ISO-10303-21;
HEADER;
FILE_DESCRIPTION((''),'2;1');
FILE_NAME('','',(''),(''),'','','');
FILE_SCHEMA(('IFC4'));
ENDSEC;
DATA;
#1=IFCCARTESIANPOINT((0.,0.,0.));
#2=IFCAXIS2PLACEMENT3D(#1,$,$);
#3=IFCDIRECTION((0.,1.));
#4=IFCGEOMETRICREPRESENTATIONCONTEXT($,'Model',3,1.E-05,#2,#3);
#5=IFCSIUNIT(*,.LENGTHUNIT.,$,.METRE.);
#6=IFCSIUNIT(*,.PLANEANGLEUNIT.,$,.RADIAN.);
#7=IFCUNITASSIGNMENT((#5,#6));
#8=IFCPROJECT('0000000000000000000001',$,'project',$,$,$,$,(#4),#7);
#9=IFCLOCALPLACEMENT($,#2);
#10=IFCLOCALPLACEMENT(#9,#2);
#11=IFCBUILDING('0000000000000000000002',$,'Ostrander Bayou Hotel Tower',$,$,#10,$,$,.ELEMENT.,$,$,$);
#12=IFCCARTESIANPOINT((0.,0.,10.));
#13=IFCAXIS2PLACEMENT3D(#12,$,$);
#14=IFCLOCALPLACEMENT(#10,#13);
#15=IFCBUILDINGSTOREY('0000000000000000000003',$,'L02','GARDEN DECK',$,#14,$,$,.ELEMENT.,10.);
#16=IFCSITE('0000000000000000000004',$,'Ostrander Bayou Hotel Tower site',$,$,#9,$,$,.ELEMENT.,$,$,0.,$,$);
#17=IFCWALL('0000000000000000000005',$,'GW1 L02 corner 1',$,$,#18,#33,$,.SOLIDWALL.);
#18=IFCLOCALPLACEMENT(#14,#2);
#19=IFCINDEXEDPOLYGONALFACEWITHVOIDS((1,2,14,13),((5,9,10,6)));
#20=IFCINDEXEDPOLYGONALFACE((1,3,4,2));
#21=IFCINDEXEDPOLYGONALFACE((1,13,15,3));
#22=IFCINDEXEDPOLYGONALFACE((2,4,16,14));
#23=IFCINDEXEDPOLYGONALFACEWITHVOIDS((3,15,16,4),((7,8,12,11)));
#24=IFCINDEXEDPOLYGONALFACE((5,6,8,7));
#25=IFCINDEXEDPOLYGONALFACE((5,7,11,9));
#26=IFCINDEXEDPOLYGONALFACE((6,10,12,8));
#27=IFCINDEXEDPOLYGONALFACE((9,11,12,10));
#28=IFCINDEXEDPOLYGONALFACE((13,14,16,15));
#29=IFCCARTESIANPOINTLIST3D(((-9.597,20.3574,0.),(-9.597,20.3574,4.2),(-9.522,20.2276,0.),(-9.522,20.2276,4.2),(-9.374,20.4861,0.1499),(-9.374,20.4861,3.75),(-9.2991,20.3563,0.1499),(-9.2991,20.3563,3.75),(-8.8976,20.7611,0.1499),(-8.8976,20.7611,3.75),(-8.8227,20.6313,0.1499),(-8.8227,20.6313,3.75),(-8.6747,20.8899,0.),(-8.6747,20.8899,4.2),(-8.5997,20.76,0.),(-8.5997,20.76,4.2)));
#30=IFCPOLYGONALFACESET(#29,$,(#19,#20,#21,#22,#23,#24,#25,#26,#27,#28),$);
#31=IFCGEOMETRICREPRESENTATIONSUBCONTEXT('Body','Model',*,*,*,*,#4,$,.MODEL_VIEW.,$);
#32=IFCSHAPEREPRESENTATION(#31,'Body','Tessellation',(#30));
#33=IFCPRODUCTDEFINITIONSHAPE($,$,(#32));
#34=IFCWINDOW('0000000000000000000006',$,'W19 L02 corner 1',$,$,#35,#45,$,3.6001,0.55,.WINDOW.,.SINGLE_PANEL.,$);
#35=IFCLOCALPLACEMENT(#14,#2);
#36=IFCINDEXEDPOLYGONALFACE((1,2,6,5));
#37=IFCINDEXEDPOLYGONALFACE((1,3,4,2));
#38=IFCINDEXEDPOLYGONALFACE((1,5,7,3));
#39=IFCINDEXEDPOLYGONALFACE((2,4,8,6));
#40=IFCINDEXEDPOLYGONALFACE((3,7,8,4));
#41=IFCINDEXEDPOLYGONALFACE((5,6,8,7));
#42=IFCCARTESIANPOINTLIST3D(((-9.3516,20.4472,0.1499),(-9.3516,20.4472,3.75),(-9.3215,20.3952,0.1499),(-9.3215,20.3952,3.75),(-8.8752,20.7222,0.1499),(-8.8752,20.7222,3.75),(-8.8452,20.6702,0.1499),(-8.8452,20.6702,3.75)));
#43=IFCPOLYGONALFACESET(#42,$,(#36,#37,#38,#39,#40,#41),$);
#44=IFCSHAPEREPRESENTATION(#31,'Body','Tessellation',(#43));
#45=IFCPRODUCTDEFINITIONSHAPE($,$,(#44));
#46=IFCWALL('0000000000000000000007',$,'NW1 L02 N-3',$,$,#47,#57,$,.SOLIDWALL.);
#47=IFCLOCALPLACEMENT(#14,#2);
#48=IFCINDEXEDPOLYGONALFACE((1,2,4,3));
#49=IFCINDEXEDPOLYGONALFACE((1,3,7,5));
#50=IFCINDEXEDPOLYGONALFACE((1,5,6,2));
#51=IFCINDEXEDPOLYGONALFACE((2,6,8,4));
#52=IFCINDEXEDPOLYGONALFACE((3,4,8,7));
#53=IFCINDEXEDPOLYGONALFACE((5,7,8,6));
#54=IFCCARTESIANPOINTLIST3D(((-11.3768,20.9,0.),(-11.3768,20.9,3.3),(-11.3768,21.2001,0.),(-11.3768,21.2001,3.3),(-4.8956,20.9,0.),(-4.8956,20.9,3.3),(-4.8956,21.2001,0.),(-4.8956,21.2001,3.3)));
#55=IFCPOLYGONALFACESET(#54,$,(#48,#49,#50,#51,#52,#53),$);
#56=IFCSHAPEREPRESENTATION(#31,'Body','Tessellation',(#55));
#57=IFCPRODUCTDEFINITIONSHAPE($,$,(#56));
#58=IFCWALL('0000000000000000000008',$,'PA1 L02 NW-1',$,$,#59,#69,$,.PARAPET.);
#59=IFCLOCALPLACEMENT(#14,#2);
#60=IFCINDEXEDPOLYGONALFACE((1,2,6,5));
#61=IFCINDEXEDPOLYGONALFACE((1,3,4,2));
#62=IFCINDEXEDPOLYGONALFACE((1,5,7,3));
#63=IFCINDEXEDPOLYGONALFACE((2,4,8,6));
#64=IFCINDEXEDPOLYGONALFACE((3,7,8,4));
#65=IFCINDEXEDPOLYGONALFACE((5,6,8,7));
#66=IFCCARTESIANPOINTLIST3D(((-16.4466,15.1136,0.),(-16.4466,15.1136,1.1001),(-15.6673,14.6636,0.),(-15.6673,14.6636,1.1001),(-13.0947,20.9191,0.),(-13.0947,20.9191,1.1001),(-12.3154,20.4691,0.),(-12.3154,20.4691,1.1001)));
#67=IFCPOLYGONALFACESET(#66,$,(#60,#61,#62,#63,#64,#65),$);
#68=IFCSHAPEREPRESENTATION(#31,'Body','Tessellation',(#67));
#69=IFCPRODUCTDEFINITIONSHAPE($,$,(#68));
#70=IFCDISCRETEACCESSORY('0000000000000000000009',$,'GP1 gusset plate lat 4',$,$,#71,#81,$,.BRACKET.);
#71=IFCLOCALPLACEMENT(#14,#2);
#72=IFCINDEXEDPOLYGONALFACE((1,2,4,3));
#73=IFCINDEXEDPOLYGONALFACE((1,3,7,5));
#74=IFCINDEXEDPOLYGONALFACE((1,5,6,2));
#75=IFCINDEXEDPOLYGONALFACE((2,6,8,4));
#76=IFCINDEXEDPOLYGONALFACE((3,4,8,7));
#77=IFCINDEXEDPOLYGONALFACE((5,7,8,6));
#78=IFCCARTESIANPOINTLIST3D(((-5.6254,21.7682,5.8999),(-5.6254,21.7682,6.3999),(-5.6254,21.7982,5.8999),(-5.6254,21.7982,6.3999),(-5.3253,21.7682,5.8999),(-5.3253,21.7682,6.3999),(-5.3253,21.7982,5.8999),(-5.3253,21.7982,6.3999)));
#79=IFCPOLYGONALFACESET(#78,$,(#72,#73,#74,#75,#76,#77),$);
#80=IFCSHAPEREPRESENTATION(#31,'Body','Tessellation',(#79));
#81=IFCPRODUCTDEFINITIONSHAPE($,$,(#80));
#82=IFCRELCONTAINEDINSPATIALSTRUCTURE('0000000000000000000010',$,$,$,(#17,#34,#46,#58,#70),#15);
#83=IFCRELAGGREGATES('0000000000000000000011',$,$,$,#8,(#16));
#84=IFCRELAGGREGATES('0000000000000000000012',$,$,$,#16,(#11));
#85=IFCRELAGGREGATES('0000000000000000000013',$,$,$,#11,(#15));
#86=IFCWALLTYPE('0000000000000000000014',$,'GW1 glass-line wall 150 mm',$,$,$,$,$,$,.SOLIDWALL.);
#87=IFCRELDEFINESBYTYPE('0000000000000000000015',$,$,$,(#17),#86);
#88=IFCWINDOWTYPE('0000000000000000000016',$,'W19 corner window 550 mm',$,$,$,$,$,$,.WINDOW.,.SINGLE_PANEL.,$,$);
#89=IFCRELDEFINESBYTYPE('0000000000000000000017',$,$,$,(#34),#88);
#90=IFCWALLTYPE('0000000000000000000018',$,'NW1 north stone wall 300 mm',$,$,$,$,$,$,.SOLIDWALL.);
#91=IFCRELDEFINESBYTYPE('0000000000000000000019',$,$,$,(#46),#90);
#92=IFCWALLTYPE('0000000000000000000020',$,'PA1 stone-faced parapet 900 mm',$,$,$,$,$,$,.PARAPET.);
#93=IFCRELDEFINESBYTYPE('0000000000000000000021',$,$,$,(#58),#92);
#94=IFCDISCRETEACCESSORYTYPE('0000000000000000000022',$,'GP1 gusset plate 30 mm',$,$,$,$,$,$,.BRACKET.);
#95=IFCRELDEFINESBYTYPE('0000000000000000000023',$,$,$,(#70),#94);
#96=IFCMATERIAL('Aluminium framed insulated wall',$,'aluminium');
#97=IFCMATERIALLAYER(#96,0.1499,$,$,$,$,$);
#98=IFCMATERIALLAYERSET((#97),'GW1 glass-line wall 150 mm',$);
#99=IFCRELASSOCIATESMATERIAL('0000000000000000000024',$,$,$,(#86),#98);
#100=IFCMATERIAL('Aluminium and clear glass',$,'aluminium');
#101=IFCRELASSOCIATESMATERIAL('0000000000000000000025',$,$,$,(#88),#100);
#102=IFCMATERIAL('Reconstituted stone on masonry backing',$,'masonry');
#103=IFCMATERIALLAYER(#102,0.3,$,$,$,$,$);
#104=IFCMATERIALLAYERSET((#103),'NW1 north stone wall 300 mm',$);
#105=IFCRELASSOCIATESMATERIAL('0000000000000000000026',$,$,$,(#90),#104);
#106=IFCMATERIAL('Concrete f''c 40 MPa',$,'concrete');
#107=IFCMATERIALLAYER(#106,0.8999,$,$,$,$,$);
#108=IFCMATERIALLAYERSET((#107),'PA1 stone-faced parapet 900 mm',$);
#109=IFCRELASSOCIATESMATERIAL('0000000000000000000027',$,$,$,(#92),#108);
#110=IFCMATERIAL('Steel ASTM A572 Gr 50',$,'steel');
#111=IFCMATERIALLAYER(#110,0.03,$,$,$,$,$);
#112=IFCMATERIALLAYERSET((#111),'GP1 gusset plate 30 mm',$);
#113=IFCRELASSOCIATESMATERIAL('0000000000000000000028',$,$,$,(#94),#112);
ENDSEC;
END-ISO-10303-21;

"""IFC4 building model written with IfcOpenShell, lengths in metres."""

from ifc_helpers import new_model, si_unit, direction, frame, frame_2d, origin, origin_2d, place, context, subcontext, project, spatial, rectangle, extrude, material, layer, layer_set, type_object, element, fill, save


model = new_model("IFC4")

# Units and contexts
model_context = context("Model", 3, precision=1e-05, world=origin(), true_north=direction((0.0, 1.0)))
body_context = subcontext(model_context, "Body", "Model", "MODEL_VIEW")
ifc_project = project(units=[si_unit("LENGTHUNIT", "METRE"), si_unit("PLANEANGLEUNIT", "RADIAN")], contexts=[model_context])

# Site, building, storey
site_placement = place(None, origin())
site = spatial("IfcSite", under=ifc_project, at=site_placement, Name="Ostrander Bayou Hotel Tower site", CompositionType="ELEMENT", RefElevation=0.0)
building_placement = place(site_placement, origin())
building = spatial("IfcBuilding", under=site, at=building_placement, Name="Ostrander Bayou Hotel Tower", CompositionType="ELEMENT")
storey_placement = place(building_placement, frame((0.0, 0.0, 10.0)))
storey = spatial("IfcBuildingStorey", under=building, at=storey_placement, Name="L02", Description="GARDEN DECK", CompositionType="ELEMENT", Elevation=10.0)

# Wall, opening, window
ifc_material_1 = material(Name="Aluminium framed insulated wall", Category="aluminium")
ifc_layer_1 = layer(ifc_material_1, 0.1499)
ifc_layer_set_1 = layer_set([ifc_layer_1], Name="GW1 glass-line wall 150 mm")
wall_type_1 = type_object("IfcWallType", Name="GW1 glass-line wall 150 mm", PredefinedType="SOLIDWALL", material=ifc_layer_set_1)
wall_1_placement = place(storey_placement, frame((-8.6372, 20.825, 0.0), z_axis=(0.0, 0.0, 1.0), x_axis=(-0.866048, -0.499961, 0.0)))
wall_1 = element("IfcWall", 1, at=wall_1_placement, inside=storey, type_object=wall_type_1, Name="GW1 L02 corner 1", PredefinedType="SOLIDWALL", context=body_context, shape_type="SweptSolid", body=[
    extrude(rectangle(XDim=1.0649, YDim=0.1499, at=frame_2d((0.5325, 0.0))), origin(), (0.0, 0.0, 1.0), 4.2),
])
opening_placement = place(wall_1_placement, frame((0.2576, 0.0, 0.1499)))
opening = element("IfcOpeningElement", 2, at=opening_placement, cuts=wall_1, PredefinedType="OPENING", context=body_context, shape_type="SweptSolid", body=[
    extrude(rectangle(XDim=0.55, YDim=3.6001, at=frame_2d((0.2749, 1.8))), frame((0.0, 0.075, 0.0), z_axis=(0.0, -1.0, 0.0), x_axis=(1.0, 0.0, 0.0)), (0.0, 0.0, 1.0), 0.1499),
])
ifc_material_2 = material(Name="Aluminium and clear glass", Category="aluminium")
window_type = type_object("IfcWindowType", Name="W19 corner window 550 mm", PartitioningType="SINGLE_PANEL", PredefinedType="WINDOW", material=ifc_material_2)
window_placement = place(opening_placement, origin())
window = element("IfcWindow", 3, at=window_placement, inside=storey, type_object=window_type, Name="W19 L02 corner 1", OverallHeight=3.6001, OverallWidth=0.55, PartitioningType="SINGLE_PANEL", PredefinedType="WINDOW", context=body_context, shape_type="SweptSolid", body=[
    extrude(rectangle(XDim=0.55, YDim=3.6001, at=frame_2d((0.2749, 1.8))), frame((0.0, 0.03, 0.0), z_axis=(0.0, -1.0, 0.0), x_axis=(1.0, 0.0, 0.0)), (0.0, 0.0, 1.0), 0.0601),
])
fill(opening, window)

# Walls
ifc_material_3 = material(Name="Reconstituted stone on masonry backing", Category="masonry")
ifc_layer_2 = layer(ifc_material_3, 0.3)
ifc_layer_set_2 = layer_set([ifc_layer_2], Name="NW1 north stone wall 300 mm")
wall_type_2 = type_object("IfcWallType", Name="NW1 north stone wall 300 mm", PredefinedType="SOLIDWALL", material=ifc_layer_set_2)
wall_2_placement = place(storey_placement, frame((-4.8955, 21.05, 0.0), z_axis=(0.0, 0.0, 1.0), x_axis=(-1.0, 0.0, 0.0)))
element("IfcWall", 4, at=wall_2_placement, inside=storey, type_object=wall_type_2, Name="NW1 L02 N-3", PredefinedType="SOLIDWALL", context=body_context, shape_type="SweptSolid", body=[
    extrude(rectangle(XDim=6.4812, YDim=0.3, at=frame_2d((3.2407, 0.0))), origin(), (0.0, 0.0, 1.0), 3.3),
])
ifc_material_4 = material(Name="Concrete f'c 40 MPa", Category="concrete")
ifc_layer_3 = layer(ifc_material_4, 0.8999)
ifc_layer_set_3 = layer_set([ifc_layer_3], Name="PA1 stone-faced parapet 900 mm")
wall_type_3 = type_object("IfcWallType", Name="PA1 stone-faced parapet 900 mm", PredefinedType="PARAPET", material=ifc_layer_set_3)
wall_3_placement = place(storey_placement, frame((-12.7051, 20.6941, 0.0), z_axis=(0.0, 0.0, 1.0), x_axis=(-0.500005, -0.866022, 0.0)))
element("IfcWall", 5, at=wall_3_placement, inside=storey, type_object=wall_type_3, Name="PA1 L02 NW-1", PredefinedType="PARAPET", context=body_context, shape_type="SweptSolid", body=[
    extrude(rectangle(XDim=6.7036, YDim=0.8999, at=frame_2d((3.3518, 0.0))), origin(), (0.0, 0.0, 1.0), 1.1001),
])

# Discrete accessory
ifc_material_5 = material(Name="Steel ASTM A572 Gr 50", Category="steel")
ifc_layer_4 = layer(ifc_material_5, 0.03)
ifc_layer_set_4 = layer_set([ifc_layer_4], Name="GP1 gusset plate 30 mm")
discrete_accessory_type = type_object("IfcDiscreteAccessoryType", Name="GP1 gusset plate 30 mm", PredefinedType="BRACKET", material=ifc_layer_set_4)
discrete_accessory_placement = place(storey_placement, frame((-5.4753, 21.7832, 5.8999), z_axis=(0.0, 0.0, 1.0), x_axis=(-1.0, 0.0, 0.0)))
element("IfcDiscreteAccessory", 6, at=discrete_accessory_placement, inside=storey, type_object=discrete_accessory_type, Name="GP1 gusset plate lat 4", PredefinedType="BRACKET", context=body_context, shape_type="SweptSolid", body=[
    extrude(rectangle(XDim=0.3, YDim=0.03, at=origin_2d()), origin(), (0.0, 0.0, 1.0), 0.5),
])

save(model, "model.ifc")
